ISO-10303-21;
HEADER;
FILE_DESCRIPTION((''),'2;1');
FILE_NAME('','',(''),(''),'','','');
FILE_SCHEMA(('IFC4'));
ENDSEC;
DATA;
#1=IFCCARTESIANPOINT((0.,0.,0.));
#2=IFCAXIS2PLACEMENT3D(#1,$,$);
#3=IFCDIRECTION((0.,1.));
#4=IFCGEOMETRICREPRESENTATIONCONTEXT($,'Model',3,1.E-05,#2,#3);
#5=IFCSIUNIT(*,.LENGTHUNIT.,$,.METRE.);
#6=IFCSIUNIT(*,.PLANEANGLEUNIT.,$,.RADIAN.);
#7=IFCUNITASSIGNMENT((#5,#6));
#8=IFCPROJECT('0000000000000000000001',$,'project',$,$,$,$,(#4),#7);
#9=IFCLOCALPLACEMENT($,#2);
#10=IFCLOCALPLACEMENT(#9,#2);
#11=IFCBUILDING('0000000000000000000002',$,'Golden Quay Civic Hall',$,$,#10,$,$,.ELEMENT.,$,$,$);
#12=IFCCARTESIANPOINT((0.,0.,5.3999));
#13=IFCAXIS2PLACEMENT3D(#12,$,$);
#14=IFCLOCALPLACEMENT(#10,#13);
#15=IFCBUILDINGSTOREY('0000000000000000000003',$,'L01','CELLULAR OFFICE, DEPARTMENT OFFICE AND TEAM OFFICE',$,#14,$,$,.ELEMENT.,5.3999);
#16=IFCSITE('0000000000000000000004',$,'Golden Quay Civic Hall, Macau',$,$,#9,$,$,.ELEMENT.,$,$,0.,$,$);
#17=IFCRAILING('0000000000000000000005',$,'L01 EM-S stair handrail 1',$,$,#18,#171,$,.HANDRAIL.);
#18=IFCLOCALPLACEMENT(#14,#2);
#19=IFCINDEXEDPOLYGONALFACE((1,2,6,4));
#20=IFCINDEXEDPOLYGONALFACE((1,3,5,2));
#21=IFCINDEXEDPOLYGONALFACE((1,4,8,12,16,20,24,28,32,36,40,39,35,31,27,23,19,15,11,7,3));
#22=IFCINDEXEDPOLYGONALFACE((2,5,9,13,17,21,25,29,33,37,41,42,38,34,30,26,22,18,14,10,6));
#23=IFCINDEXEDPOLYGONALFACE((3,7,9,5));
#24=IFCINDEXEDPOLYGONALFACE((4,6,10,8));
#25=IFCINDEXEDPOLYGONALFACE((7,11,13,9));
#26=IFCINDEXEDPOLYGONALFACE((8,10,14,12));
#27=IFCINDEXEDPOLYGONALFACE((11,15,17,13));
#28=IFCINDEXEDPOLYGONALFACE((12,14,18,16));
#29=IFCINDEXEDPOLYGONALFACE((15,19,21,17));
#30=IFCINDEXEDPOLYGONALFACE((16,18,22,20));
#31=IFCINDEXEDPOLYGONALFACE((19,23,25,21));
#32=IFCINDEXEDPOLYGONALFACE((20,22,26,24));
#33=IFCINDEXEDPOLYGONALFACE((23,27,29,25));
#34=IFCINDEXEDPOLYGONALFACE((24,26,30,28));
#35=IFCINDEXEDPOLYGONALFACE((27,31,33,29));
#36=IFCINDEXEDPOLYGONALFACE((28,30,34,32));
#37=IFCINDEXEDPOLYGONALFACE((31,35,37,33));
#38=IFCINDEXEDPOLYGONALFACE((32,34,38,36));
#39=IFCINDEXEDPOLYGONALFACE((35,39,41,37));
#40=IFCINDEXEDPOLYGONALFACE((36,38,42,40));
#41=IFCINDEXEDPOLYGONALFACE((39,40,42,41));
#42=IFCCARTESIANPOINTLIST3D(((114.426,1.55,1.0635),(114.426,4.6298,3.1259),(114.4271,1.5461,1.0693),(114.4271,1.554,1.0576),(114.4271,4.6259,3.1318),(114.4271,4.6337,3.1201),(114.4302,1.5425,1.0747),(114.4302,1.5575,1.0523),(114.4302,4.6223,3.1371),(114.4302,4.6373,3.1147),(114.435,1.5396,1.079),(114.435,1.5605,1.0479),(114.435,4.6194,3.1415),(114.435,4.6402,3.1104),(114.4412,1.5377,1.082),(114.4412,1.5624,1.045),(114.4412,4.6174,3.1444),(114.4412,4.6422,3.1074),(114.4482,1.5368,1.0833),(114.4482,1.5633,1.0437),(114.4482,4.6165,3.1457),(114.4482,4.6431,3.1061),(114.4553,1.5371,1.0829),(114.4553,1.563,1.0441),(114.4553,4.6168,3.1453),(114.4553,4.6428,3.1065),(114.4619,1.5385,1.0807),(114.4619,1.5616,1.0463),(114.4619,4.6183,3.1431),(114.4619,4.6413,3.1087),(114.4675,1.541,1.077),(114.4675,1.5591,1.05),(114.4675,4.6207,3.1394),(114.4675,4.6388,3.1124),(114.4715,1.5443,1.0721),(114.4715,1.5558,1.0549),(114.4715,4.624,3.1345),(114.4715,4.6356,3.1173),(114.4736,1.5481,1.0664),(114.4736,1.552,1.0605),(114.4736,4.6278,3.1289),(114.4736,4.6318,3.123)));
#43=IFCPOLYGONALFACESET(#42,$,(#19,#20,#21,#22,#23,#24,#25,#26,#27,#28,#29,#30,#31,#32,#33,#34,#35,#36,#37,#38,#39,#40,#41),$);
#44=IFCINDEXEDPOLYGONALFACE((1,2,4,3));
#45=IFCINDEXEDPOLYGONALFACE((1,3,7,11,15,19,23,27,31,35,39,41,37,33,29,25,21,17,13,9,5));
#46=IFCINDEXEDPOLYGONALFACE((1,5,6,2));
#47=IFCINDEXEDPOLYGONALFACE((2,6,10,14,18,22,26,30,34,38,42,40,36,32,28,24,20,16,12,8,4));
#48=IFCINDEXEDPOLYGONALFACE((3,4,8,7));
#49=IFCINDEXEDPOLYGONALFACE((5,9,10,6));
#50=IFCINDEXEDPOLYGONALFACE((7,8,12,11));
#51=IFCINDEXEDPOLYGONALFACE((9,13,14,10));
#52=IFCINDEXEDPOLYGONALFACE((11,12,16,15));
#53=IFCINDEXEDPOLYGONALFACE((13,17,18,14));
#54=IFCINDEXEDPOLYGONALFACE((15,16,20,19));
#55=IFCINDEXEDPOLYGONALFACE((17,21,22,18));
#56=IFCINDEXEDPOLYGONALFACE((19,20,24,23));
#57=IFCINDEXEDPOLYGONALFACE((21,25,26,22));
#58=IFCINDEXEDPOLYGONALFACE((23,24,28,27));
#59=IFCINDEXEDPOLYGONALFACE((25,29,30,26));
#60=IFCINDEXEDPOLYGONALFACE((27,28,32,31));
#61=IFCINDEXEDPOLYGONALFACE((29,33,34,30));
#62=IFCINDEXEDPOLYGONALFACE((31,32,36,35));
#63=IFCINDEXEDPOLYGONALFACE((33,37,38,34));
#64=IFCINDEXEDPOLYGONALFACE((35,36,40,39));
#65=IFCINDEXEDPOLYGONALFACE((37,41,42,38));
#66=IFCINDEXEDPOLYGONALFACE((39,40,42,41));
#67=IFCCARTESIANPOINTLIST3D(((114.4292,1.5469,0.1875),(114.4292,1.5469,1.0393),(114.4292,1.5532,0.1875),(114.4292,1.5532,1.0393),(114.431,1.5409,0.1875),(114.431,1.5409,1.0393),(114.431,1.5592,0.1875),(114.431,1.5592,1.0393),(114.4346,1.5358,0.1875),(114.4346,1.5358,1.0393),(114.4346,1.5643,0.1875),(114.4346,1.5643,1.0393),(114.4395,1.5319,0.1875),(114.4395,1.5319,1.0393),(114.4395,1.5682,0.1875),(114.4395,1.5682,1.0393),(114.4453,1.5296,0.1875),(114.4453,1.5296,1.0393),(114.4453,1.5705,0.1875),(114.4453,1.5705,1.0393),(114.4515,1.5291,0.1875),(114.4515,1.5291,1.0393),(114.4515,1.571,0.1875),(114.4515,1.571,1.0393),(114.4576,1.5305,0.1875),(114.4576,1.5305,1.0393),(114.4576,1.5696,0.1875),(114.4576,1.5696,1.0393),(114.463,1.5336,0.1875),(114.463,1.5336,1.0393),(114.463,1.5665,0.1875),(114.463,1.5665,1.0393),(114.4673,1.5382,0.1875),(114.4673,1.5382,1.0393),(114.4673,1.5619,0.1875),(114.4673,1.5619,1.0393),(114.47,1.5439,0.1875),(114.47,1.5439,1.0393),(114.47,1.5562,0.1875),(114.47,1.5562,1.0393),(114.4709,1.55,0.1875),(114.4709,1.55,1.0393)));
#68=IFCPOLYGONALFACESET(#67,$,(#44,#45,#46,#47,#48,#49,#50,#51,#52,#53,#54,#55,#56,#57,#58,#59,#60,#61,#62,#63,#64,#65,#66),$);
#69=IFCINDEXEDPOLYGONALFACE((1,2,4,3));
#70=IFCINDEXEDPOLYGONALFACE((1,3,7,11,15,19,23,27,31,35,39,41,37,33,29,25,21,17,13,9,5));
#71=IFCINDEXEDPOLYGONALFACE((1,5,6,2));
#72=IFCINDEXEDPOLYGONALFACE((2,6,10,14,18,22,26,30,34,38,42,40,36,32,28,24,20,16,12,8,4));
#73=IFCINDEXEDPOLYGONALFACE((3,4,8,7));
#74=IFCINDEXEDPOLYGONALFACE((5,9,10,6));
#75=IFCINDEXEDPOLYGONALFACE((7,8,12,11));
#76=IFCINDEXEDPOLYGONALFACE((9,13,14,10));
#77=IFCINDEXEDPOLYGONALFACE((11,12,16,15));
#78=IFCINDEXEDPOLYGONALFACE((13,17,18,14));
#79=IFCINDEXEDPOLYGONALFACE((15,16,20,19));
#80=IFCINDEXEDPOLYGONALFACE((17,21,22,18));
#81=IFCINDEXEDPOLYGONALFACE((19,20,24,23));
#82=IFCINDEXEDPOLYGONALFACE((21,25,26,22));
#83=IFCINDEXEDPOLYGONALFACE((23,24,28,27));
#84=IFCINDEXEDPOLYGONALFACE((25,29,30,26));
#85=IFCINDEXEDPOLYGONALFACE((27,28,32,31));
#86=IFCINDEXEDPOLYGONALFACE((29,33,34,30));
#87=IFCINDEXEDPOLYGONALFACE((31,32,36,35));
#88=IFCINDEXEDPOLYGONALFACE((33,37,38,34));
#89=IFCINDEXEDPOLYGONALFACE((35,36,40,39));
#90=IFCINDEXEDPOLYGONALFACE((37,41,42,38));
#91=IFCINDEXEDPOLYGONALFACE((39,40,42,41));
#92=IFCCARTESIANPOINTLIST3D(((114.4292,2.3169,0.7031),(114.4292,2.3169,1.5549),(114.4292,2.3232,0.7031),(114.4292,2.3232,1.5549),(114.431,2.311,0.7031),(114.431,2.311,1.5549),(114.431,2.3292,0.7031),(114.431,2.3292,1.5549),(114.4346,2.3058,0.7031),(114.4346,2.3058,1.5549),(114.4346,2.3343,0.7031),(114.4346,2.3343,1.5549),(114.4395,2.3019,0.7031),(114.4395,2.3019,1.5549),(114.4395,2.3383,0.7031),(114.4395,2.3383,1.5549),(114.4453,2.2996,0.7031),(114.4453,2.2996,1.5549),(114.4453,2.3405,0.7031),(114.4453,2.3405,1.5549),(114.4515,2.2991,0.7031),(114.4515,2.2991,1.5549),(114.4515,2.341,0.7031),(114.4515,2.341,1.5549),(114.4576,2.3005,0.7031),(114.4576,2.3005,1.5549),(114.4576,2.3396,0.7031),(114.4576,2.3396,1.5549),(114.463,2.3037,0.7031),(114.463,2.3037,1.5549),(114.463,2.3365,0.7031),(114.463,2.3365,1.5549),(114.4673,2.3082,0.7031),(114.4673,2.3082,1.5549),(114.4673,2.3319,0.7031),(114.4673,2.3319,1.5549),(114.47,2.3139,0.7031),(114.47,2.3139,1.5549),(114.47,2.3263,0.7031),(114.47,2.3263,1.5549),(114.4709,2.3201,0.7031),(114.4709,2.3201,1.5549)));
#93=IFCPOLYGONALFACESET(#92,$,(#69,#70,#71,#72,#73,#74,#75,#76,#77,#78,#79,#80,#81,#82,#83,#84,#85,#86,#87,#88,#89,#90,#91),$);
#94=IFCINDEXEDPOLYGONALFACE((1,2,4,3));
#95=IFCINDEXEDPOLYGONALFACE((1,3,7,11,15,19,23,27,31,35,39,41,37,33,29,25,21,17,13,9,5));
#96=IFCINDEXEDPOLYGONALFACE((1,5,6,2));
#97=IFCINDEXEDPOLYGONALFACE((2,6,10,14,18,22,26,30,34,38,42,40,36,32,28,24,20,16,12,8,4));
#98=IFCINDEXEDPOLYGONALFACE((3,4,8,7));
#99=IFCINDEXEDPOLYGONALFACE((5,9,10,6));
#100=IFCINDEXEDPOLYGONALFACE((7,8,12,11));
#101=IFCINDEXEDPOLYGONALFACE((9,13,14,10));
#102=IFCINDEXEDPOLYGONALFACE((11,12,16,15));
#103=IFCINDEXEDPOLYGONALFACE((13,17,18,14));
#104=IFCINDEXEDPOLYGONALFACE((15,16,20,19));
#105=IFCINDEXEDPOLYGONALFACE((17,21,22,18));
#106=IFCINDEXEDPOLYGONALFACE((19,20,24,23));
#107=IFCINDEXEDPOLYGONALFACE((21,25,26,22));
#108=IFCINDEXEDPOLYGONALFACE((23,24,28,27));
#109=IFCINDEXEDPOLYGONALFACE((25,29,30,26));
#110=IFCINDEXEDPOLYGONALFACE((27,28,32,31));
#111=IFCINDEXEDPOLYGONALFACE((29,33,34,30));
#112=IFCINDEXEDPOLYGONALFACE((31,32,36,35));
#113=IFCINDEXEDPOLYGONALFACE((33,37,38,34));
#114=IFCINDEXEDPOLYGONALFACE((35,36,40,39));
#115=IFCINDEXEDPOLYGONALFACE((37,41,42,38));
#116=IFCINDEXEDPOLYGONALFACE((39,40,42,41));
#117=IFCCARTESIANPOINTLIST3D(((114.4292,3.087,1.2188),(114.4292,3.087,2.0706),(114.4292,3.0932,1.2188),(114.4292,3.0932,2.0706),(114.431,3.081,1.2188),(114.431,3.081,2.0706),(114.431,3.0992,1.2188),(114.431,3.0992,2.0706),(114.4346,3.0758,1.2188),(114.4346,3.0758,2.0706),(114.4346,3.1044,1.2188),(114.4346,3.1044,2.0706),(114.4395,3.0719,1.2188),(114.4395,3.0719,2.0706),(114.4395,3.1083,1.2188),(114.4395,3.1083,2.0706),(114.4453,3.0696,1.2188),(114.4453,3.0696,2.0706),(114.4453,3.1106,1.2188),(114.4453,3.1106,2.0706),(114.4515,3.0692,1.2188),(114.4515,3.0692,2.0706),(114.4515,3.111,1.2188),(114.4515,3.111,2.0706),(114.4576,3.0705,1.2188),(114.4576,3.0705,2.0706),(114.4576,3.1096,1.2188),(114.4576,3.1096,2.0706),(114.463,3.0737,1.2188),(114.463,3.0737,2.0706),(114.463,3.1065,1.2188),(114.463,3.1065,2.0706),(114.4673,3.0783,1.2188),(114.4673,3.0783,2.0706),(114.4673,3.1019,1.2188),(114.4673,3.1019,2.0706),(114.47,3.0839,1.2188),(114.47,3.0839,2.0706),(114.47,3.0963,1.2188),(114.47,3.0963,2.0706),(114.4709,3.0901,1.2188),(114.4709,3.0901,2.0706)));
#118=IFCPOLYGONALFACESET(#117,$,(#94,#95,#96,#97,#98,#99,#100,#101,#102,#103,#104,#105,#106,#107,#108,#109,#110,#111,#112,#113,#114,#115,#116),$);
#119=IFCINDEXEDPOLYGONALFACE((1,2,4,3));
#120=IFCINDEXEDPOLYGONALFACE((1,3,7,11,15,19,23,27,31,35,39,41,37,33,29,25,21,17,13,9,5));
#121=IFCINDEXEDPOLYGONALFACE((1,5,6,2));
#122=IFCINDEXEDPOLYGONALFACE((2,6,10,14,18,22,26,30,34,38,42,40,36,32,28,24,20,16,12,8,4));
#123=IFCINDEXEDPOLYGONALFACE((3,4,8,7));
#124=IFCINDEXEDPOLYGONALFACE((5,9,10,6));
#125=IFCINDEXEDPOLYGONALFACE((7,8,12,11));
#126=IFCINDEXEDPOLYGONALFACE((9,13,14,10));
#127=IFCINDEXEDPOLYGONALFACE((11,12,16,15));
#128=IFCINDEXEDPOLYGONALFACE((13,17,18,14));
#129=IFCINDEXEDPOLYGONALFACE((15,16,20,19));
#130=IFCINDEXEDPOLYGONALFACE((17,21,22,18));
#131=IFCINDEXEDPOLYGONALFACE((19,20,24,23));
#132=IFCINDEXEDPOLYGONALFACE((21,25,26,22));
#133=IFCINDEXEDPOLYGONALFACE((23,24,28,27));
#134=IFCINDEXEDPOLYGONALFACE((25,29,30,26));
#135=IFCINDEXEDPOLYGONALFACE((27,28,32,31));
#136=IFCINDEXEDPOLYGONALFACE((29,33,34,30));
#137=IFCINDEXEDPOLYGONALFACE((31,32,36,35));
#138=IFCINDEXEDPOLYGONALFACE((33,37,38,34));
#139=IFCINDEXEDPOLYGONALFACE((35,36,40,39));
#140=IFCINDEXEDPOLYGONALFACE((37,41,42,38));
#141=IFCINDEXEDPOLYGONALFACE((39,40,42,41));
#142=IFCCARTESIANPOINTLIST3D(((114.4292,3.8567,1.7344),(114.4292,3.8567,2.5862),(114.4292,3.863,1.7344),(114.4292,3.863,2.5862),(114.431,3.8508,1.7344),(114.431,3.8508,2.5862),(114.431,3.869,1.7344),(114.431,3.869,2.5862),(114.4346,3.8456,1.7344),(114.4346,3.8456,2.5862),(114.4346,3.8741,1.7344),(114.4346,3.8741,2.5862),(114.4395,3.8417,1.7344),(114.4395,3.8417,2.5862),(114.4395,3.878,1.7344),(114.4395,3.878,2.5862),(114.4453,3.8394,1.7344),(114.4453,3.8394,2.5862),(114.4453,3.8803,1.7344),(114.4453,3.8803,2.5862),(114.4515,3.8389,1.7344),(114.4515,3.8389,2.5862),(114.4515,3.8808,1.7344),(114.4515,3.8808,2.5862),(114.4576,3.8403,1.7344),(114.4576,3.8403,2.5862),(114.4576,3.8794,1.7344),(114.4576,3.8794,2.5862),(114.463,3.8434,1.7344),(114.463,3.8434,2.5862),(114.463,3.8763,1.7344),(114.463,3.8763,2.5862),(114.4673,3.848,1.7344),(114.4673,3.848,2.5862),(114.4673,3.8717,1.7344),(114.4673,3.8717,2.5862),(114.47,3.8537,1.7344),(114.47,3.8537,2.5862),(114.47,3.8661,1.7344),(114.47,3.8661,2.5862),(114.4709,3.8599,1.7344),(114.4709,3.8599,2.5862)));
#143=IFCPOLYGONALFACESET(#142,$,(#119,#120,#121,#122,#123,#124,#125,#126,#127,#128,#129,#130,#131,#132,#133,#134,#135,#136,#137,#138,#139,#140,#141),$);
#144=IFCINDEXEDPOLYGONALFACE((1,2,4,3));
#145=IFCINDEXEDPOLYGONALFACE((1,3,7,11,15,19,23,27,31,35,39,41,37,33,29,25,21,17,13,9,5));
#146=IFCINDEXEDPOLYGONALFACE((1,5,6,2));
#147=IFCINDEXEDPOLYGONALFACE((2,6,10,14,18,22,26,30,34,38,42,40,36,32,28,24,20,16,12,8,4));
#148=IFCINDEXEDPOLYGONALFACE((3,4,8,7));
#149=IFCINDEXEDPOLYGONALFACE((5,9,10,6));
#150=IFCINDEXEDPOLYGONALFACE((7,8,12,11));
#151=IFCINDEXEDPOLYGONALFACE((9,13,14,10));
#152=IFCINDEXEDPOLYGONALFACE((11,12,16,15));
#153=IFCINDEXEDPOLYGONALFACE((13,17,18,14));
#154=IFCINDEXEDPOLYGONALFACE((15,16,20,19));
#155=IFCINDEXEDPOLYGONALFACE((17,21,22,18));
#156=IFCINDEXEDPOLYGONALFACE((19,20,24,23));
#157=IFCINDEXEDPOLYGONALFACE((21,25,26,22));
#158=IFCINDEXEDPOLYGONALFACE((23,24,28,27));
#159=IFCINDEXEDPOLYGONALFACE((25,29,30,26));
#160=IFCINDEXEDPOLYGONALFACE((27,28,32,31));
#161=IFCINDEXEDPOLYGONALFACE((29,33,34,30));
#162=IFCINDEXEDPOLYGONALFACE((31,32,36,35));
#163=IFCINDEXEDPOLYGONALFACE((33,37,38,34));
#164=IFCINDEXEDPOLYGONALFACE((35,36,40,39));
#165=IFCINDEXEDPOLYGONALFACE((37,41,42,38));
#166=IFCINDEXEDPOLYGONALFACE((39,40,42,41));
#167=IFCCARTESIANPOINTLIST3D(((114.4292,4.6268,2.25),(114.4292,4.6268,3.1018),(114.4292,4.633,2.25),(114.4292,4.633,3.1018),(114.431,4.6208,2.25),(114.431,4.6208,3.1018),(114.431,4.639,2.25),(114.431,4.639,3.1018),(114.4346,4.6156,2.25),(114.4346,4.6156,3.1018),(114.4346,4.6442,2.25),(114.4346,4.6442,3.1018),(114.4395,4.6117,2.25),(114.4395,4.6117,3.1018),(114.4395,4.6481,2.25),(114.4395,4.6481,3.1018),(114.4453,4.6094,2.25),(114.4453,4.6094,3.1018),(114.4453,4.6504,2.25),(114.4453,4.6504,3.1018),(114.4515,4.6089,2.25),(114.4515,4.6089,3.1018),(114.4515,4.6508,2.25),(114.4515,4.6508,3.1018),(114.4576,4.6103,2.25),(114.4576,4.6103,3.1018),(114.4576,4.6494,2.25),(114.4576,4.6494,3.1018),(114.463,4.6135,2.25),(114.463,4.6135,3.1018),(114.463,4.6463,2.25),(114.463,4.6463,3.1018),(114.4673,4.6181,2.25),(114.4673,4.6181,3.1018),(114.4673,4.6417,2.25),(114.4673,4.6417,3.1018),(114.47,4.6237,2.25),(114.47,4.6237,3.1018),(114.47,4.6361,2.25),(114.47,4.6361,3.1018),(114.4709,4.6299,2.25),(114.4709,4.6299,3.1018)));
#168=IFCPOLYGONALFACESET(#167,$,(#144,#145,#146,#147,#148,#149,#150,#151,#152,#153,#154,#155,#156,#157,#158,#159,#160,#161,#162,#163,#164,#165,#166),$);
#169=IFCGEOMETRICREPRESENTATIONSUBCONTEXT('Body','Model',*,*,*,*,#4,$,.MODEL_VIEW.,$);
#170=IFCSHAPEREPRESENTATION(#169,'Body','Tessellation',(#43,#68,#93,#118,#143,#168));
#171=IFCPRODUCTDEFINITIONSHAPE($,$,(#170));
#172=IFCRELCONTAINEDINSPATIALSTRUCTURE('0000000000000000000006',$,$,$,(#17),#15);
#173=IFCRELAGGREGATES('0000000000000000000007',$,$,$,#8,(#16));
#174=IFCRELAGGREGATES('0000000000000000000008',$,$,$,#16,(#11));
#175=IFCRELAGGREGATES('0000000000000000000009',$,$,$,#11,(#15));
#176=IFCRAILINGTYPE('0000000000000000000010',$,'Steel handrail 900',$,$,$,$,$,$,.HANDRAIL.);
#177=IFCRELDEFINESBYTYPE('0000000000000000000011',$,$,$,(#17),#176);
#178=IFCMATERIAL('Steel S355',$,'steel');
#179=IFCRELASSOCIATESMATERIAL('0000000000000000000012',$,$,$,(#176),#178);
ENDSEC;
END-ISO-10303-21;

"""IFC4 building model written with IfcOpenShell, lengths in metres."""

from ifc_helpers import new_model, si_unit, direction, frame, origin, origin_2d, place, context, subcontext, project, spatial, circle, extrude, material, type_object, element, save


model = new_model("IFC4")

# Units and contexts
model_context = context("Model", 3, precision=1e-05, world=origin(), true_north=direction((0.0, 1.0)))
body_context = subcontext(model_context, "Body", "Model", "MODEL_VIEW")
ifc_project = project(units=[si_unit("LENGTHUNIT", "METRE"), si_unit("PLANEANGLEUNIT", "RADIAN")], contexts=[model_context])

# Site, building, storey
site_placement = place(None, origin())
site = spatial("IfcSite", under=ifc_project, at=site_placement, Name="Golden Quay Civic Hall, Macau", CompositionType="ELEMENT", RefElevation=0.0)
building_placement = place(site_placement, origin())
building = spatial("IfcBuilding", under=site, at=building_placement, Name="Golden Quay Civic Hall", CompositionType="ELEMENT")
storey_placement = place(building_placement, frame((0.0, 0.0, 5.3999)))
storey = spatial("IfcBuildingStorey", under=building, at=storey_placement, Name="L01", Description="CELLULAR OFFICE, DEPARTMENT OFFICE AND TEAM OFFICE", CompositionType="ELEMENT", Elevation=5.3999)

# Railing
ifc_material_1 = material(Name="Steel S355", Category="steel")
railing_type_1 = type_object("IfcRailingType", Name="Steel handrail 900", PredefinedType="HANDRAIL", material=ifc_material_1)
railing_1_placement = place(storey_placement, frame((114.45, 1.55, 0.1875)))
element("IfcRailing", 1, at=railing_1_placement, inside=storey, type_object=railing_type_1, Name="L01 EM-S stair handrail 1", PredefinedType="HANDRAIL", context=body_context, shape_type="SweptSolid", body=[
    extrude(circle(Radius=0.0239, at=origin_2d()), frame((0.0, 0.0, 0.876), z_axis=(0.0, 0.830893, 0.556432), x_axis=(-1.0, 0.0, 0.0)), (0.0, 0.0, 1.0), 3.7065),
    extrude(circle(Radius=0.021, at=origin_2d()), origin(), (0.0, 0.0, 1.0), 0.8518),
    extrude(circle(Radius=0.021, at=origin_2d()), frame((0.0, 0.77, 0.5156)), (0.0, 0.0, 1.0), 0.8518),
    extrude(circle(Radius=0.021, at=origin_2d()), frame((0.0, 1.54, 1.0312)), (0.0, 0.0, 1.0), 0.8518),
    extrude(circle(Radius=0.021, at=origin_2d()), frame((0.0, 2.3098, 1.5469)), (0.0, 0.0, 1.0), 0.8518),
    extrude(circle(Radius=0.021, at=origin_2d()), frame((0.0, 3.0798, 2.0625)), (0.0, 0.0, 1.0), 0.8518),
])

save(model, "model.ifc")
